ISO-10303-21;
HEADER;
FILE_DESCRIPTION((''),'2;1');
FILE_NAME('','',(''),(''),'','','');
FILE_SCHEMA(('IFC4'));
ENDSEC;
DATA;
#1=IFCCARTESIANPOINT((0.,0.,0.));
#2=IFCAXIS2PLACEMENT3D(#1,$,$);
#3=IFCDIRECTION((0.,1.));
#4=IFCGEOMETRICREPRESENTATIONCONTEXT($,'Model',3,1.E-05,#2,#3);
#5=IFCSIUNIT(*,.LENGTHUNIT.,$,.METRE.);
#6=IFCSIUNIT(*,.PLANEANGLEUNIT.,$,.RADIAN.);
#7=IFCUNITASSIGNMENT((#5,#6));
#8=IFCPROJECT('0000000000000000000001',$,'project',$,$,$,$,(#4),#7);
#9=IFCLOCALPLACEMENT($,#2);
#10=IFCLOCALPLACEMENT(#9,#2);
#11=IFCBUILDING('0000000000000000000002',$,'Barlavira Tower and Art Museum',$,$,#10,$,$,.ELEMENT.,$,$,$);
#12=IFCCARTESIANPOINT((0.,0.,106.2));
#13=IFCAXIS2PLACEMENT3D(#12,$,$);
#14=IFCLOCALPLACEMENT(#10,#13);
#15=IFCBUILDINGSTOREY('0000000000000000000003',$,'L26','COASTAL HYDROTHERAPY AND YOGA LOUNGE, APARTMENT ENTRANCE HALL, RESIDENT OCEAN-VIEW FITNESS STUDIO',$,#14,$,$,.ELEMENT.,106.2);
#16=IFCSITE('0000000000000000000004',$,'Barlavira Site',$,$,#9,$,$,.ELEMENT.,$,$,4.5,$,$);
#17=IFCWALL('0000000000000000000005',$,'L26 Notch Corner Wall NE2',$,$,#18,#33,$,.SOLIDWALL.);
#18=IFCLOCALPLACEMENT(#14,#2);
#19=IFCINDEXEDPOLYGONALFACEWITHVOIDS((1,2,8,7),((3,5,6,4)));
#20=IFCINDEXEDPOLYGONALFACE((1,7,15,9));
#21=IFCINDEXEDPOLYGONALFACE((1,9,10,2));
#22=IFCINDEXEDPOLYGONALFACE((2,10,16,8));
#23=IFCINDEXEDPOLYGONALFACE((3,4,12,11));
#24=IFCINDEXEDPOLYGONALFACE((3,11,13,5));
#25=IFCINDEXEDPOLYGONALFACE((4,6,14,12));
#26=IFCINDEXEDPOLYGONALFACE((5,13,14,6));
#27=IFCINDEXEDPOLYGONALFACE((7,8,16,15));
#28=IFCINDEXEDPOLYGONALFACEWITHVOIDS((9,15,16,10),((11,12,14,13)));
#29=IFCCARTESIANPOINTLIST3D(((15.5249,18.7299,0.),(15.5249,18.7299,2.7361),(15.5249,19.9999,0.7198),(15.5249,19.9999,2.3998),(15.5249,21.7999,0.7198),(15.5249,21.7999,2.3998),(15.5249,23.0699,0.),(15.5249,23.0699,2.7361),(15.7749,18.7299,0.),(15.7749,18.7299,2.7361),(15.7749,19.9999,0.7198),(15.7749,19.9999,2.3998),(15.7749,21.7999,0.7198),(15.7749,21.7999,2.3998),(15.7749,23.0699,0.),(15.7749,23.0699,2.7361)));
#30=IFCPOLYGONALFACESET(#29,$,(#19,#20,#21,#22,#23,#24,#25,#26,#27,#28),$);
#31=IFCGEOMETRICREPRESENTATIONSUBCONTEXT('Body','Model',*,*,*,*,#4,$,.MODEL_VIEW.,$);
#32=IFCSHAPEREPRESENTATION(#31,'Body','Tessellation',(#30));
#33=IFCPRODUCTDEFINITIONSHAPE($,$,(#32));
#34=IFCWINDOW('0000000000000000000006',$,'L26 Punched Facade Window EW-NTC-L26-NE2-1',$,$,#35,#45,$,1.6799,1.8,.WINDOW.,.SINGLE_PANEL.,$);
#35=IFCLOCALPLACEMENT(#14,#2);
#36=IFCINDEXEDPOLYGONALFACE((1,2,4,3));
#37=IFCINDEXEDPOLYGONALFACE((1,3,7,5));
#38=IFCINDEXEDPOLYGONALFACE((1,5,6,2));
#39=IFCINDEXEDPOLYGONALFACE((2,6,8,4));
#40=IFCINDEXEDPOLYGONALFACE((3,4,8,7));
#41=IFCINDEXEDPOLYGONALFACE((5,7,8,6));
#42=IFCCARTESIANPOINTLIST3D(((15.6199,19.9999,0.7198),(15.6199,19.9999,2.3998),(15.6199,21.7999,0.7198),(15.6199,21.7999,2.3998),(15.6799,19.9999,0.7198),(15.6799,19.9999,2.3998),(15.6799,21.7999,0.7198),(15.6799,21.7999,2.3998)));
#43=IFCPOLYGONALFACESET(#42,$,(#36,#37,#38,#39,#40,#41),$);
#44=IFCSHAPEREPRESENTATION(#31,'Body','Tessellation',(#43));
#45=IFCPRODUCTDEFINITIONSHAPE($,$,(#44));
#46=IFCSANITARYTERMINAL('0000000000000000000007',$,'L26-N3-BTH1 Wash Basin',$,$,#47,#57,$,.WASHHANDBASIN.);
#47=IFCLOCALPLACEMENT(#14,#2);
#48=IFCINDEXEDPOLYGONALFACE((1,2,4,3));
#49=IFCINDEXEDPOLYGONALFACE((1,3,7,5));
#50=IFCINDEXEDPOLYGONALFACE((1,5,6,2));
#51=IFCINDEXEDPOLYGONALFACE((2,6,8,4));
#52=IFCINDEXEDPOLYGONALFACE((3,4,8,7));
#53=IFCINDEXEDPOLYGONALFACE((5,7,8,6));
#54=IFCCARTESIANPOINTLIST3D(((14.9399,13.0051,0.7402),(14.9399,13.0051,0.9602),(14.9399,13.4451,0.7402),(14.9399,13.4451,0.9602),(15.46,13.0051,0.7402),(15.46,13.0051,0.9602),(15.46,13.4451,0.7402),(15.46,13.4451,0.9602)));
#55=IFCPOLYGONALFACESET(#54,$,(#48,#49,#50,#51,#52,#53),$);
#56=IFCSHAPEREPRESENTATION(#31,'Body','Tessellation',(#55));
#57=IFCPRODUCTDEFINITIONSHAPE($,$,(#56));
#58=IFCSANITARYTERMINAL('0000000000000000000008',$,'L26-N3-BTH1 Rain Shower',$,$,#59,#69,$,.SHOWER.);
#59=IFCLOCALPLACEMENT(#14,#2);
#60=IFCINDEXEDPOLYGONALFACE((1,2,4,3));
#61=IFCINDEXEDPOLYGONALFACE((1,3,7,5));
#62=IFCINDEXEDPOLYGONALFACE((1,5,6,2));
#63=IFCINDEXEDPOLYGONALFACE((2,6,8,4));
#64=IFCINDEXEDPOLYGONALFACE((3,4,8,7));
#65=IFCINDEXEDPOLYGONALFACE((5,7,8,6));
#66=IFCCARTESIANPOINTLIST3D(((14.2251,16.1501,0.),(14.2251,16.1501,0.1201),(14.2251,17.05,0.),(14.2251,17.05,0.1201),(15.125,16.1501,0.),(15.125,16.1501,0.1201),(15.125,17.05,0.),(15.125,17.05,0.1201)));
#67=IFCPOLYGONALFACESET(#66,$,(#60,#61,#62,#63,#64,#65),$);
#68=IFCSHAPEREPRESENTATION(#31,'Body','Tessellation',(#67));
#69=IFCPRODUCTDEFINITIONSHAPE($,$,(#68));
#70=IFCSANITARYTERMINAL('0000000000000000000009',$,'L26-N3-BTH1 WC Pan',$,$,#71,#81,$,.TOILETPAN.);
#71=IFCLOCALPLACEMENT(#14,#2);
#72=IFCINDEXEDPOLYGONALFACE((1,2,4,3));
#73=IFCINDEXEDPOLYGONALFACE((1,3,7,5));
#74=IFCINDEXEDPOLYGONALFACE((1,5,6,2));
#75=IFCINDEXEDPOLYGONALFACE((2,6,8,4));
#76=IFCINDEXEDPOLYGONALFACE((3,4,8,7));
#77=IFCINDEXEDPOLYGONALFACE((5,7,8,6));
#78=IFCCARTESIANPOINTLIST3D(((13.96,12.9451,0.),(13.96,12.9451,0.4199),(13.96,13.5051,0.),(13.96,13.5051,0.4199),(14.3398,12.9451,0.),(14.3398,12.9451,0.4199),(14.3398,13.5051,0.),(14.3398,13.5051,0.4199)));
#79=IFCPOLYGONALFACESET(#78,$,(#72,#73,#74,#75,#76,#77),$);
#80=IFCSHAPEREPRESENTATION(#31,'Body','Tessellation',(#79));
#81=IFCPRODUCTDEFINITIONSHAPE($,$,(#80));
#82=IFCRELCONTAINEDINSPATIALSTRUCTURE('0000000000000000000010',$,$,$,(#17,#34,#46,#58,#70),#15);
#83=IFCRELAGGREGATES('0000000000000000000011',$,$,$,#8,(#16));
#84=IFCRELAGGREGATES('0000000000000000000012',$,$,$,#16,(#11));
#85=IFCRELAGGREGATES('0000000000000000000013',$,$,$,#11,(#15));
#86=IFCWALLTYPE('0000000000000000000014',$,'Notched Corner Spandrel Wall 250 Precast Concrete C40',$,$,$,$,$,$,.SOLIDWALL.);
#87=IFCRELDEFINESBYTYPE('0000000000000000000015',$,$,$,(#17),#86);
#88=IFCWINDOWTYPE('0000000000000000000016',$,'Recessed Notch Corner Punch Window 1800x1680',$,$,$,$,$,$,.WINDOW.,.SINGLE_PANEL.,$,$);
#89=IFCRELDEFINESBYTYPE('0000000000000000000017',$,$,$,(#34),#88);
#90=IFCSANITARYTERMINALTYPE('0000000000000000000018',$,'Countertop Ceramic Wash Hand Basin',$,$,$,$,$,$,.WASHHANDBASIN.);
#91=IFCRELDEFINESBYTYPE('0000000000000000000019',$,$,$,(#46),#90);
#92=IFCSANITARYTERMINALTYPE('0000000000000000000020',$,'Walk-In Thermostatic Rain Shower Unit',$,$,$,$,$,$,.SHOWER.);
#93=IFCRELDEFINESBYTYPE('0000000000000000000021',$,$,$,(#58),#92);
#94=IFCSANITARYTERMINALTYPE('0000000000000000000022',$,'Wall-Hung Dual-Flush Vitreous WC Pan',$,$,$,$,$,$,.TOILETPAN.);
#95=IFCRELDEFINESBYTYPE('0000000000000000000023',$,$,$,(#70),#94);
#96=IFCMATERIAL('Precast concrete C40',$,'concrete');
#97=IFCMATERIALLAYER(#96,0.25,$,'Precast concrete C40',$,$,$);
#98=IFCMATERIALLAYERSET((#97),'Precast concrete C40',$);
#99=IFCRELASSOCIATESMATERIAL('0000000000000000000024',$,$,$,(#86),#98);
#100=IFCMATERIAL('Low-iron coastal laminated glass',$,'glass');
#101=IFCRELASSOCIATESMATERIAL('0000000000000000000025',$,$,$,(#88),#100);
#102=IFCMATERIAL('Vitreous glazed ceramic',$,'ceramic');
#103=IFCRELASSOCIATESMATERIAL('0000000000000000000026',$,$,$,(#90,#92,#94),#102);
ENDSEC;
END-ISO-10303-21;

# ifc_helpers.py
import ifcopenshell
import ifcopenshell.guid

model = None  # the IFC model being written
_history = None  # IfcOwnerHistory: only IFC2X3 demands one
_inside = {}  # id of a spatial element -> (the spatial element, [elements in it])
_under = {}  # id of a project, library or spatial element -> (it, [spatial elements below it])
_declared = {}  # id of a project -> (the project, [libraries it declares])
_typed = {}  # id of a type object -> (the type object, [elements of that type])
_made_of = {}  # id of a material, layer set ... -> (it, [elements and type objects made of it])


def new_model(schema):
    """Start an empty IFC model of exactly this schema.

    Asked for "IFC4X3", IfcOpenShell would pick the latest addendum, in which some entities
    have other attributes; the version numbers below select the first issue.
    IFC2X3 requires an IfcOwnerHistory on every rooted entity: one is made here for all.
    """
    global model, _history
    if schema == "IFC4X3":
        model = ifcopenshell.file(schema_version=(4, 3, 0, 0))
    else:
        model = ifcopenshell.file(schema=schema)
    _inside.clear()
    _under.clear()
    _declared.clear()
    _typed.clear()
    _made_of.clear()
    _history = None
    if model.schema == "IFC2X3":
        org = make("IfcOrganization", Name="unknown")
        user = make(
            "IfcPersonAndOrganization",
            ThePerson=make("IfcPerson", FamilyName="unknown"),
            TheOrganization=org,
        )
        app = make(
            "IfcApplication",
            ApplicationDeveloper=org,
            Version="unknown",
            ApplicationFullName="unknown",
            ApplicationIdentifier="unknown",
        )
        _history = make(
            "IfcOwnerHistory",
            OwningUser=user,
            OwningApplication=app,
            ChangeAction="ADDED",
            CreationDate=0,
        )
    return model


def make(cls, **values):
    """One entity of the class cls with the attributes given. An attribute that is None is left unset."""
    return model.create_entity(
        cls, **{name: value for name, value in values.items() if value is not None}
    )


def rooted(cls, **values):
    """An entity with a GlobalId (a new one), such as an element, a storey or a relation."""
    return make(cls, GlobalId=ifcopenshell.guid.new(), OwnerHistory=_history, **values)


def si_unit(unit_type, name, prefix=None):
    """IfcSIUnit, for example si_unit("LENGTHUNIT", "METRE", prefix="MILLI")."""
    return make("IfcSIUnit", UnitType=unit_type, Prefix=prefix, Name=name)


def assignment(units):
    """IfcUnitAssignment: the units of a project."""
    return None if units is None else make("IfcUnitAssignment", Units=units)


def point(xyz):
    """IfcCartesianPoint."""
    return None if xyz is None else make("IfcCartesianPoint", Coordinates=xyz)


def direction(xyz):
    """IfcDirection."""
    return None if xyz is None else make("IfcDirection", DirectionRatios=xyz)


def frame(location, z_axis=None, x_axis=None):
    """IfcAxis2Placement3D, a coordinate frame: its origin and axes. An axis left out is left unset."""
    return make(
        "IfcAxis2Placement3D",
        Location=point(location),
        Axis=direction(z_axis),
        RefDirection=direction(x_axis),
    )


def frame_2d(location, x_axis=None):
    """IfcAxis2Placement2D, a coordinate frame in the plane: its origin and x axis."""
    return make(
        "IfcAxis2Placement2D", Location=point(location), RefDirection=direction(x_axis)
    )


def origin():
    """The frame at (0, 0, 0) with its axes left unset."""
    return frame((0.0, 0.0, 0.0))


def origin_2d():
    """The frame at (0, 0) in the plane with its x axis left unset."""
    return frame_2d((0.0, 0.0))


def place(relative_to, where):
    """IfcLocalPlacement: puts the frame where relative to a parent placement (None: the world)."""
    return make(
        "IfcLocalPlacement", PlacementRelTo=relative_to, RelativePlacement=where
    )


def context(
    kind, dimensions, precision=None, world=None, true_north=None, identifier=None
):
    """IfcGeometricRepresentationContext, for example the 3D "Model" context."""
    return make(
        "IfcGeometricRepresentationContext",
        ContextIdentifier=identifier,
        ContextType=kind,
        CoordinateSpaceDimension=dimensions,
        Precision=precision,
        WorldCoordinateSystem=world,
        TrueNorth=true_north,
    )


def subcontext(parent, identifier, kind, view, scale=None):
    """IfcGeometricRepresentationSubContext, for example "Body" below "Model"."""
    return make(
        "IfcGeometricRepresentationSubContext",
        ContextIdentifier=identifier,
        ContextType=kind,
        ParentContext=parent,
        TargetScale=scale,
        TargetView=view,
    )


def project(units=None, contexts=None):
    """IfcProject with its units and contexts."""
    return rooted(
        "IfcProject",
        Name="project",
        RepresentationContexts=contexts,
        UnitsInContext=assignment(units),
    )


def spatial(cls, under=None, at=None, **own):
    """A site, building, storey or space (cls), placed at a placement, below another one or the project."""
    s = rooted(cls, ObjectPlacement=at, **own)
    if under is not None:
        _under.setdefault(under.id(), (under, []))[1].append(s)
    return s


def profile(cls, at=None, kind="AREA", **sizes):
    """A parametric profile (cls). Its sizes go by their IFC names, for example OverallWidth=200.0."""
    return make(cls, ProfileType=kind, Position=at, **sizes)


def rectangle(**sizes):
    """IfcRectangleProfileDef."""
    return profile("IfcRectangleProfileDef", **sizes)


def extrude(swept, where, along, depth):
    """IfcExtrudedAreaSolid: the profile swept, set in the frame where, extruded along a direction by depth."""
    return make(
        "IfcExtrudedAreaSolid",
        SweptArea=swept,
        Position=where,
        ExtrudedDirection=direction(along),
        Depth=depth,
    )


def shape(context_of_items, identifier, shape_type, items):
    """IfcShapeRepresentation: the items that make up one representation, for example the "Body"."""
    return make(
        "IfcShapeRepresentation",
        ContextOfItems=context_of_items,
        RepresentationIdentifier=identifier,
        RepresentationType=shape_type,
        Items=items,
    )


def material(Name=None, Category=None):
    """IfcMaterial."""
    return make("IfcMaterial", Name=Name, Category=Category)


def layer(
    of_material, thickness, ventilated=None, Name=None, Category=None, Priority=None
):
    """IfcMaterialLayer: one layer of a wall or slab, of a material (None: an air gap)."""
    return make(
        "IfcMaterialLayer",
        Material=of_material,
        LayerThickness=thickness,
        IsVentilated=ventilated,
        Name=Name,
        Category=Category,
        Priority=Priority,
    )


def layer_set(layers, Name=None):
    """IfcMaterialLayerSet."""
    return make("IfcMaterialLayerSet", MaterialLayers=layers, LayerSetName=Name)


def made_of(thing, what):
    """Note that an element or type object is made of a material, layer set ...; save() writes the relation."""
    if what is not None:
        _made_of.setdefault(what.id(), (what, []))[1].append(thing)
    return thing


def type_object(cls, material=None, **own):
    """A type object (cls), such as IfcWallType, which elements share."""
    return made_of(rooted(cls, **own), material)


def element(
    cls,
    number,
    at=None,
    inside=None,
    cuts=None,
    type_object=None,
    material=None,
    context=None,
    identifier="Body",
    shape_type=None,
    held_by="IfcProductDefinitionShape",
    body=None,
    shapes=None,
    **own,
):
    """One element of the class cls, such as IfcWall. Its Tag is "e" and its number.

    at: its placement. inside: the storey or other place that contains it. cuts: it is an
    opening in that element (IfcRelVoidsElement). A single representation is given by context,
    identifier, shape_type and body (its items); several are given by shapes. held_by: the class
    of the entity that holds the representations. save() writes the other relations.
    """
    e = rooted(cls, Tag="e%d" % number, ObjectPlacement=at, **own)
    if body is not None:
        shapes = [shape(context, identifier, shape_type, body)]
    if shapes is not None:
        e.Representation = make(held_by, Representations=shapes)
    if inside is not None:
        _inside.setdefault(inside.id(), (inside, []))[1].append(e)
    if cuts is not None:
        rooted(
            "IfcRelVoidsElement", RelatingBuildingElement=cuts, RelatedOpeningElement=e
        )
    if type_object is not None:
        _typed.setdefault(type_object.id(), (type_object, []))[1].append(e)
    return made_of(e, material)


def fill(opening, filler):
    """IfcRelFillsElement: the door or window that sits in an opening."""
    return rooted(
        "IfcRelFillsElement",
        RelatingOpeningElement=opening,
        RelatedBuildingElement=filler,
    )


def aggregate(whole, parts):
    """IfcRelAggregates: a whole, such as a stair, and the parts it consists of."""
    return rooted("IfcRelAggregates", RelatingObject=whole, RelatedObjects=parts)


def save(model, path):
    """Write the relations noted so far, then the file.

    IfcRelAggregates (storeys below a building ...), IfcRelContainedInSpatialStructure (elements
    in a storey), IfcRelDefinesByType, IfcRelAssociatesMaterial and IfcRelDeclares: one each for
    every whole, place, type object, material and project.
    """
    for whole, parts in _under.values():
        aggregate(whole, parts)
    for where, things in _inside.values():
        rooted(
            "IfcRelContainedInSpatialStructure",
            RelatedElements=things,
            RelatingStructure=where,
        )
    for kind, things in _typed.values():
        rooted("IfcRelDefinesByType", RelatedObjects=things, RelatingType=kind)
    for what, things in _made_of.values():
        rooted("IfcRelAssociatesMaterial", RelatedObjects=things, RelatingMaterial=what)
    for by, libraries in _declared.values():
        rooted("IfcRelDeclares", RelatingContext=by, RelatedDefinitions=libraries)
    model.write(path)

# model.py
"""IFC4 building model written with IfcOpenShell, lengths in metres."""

from ifc_helpers import new_model, si_unit, direction, frame, frame_2d, origin, origin_2d, place, context, subcontext, project, spatial, rectangle, extrude, material, layer, layer_set, type_object, element, fill, save


model = new_model("IFC4")

# Units and contexts
model_context = context("Model", 3, precision=1e-05, world=origin(), true_north=direction((0.0, 1.0)))
body_context = subcontext(model_context, "Body", "Model", "MODEL_VIEW")
ifc_project = project(units=[si_unit("LENGTHUNIT", "METRE"), si_unit("PLANEANGLEUNIT", "RADIAN")], contexts=[model_context])

# Site, building, storey
site_placement = place(None, origin())
site = spatial("IfcSite", under=ifc_project, at=site_placement, Name="Barlavira Site", CompositionType="ELEMENT", RefElevation=4.5)
building_placement = place(site_placement, origin())
building = spatial("IfcBuilding", under=site, at=building_placement, Name="Barlavira Tower and Art Museum", CompositionType="ELEMENT")
storey_placement = place(building_placement, frame((0.0, 0.0, 106.2)))
storey = spatial("IfcBuildingStorey", under=building, at=storey_placement, Name="L26", Description="COASTAL HYDROTHERAPY AND YOGA LOUNGE, APARTMENT ENTRANCE HALL, RESIDENT OCEAN-VIEW FITNESS STUDIO", CompositionType="ELEMENT", Elevation=106.2)

# Wall, opening, window
ifc_material_1 = material(Name="Precast concrete C40", Category="concrete")
ifc_layer_1 = layer(ifc_material_1, 0.25, Name="Precast concrete C40")
ifc_layer_set_1 = layer_set([ifc_layer_1], Name="Precast concrete C40")
wall_type_1 = type_object("IfcWallType", Name="Notched Corner Spandrel Wall 250 Precast Concrete C40", PredefinedType="SOLIDWALL", material=ifc_layer_set_1)
ifc_material_2 = material(Name="Low-iron coastal laminated glass", Category="glass")
window_type = type_object("IfcWindowType", Name="Recessed Notch Corner Punch Window 1800x1680", PartitioningType="SINGLE_PANEL", PredefinedType="WINDOW", material=ifc_material_2)
wall_1_placement = place(storey_placement, frame((15.6499, 18.73, 0.0), z_axis=(0.0, 0.0, 1.0), x_axis=(0.0, 1.0, 0.0)))
wall_1 = element("IfcWall", 1, at=wall_1_placement, inside=storey, type_object=wall_type_1, Name="L26 Notch Corner Wall NE2", PredefinedType="SOLIDWALL", context=body_context, shape_type="SweptSolid", body=[
    extrude(rectangle(XDim=4.3401, YDim=0.25, at=frame_2d((2.1699, 0.0))), origin(), (0.0, 0.0, 1.0), 2.7361),
])
opening_1_placement = place(wall_1_placement, frame((1.27, 0.0, 0.72)))
opening_1 = element("IfcOpeningElement", 2, at=opening_1_placement, cuts=wall_1, PredefinedType="OPENING", context=body_context, shape_type="SweptSolid", body=[
    extrude(rectangle(XDim=1.8, YDim=1.6799, at=frame_2d((0.8999, 0.8398))), frame((0.0, 0.135, 0.0), z_axis=(0.0, -1.0, 0.0), x_axis=(1.0, 0.0, 0.0)), (0.0, 0.0, 1.0), 0.27),
])
window_1_placement = place(opening_1_placement, origin())
window_1 = element("IfcWindow", 3, at=window_1_placement, inside=storey, type_object=window_type, Name="L26 Punched Facade Window EW-NTC-L26-NE2-1", OverallHeight=1.6799, OverallWidth=1.8, PartitioningType="SINGLE_PANEL", PredefinedType="WINDOW", context=body_context, shape_type="SweptSolid", body=[
    extrude(rectangle(XDim=1.8, YDim=1.6799, at=frame_2d((0.8999, 0.8398))), frame((0.0, 0.03, 0.0), z_axis=(0.0, -1.0, 0.0), x_axis=(1.0, 0.0, 0.0)), (0.0, 0.0, 1.0), 0.0601),
])
fill(opening_1, window_1)

# Sanitary terminals
ifc_material_3 = material(Name="Vitreous glazed ceramic", Category="ceramic")
sanitary_terminal_type_1 = type_object("IfcSanitaryTerminalType", Name="Countertop Ceramic Wash Hand Basin", PredefinedType="WASHHANDBASIN", material=ifc_material_3)
sanitary_terminal_1_placement = place(storey_placement, frame((15.2, 13.2251, 0.7402), z_axis=(0.0, 0.0, 1.0), x_axis=(1.0, 0.0, 0.0)))
element("IfcSanitaryTerminal", 4, at=sanitary_terminal_1_placement, inside=storey, type_object=sanitary_terminal_type_1, Name="L26-N3-BTH1 Wash Basin", PredefinedType="WASHHANDBASIN", context=body_context, shape_type="SweptSolid", body=[
    extrude(rectangle(XDim=0.52, YDim=0.4399, at=origin_2d()), origin(), (0.0, 0.0, 1.0), 0.22),
])
sanitary_terminal_type_2 = type_object("IfcSanitaryTerminalType", Name="Walk-In Thermostatic Rain Shower Unit", PredefinedType="SHOWER", material=ifc_material_3)
sanitary_terminal_2_placement = place(storey_placement, frame((14.675, 16.6001, 0.0), z_axis=(0.0, 0.0, 1.0), x_axis=(1.0, 0.0, 0.0)))
element("IfcSanitaryTerminal", 5, at=sanitary_terminal_2_placement, inside=storey, type_object=sanitary_terminal_type_2, Name="L26-N3-BTH1 Rain Shower", PredefinedType="SHOWER", context=body_context, shape_type="SweptSolid", body=[
    extrude(rectangle(XDim=0.8999, YDim=0.8999, at=origin_2d()), origin(), (0.0, 0.0, 1.0), 0.1201),
])
sanitary_terminal_type_3 = type_object("IfcSanitaryTerminalType", Name="Wall-Hung Dual-Flush Vitreous WC Pan", PredefinedType="TOILETPAN", material=ifc_material_3)
sanitary_terminal_3_placement = place(storey_placement, frame((14.1499, 13.2251, 0.0), z_axis=(0.0, 0.0, 1.0), x_axis=(1.0, 0.0, 0.0)))
element("IfcSanitaryTerminal", 6, at=sanitary_terminal_3_placement, inside=storey, type_object=sanitary_terminal_type_3, Name="L26-N3-BTH1 WC Pan", PredefinedType="TOILETPAN", context=body_context, shape_type="SweptSolid", body=[
    extrude(rectangle(XDim=0.3799, YDim=0.5601, at=origin_2d()), origin(), (0.0, 0.0, 1.0), 0.4199),
])

save(model, "model.ifc")
